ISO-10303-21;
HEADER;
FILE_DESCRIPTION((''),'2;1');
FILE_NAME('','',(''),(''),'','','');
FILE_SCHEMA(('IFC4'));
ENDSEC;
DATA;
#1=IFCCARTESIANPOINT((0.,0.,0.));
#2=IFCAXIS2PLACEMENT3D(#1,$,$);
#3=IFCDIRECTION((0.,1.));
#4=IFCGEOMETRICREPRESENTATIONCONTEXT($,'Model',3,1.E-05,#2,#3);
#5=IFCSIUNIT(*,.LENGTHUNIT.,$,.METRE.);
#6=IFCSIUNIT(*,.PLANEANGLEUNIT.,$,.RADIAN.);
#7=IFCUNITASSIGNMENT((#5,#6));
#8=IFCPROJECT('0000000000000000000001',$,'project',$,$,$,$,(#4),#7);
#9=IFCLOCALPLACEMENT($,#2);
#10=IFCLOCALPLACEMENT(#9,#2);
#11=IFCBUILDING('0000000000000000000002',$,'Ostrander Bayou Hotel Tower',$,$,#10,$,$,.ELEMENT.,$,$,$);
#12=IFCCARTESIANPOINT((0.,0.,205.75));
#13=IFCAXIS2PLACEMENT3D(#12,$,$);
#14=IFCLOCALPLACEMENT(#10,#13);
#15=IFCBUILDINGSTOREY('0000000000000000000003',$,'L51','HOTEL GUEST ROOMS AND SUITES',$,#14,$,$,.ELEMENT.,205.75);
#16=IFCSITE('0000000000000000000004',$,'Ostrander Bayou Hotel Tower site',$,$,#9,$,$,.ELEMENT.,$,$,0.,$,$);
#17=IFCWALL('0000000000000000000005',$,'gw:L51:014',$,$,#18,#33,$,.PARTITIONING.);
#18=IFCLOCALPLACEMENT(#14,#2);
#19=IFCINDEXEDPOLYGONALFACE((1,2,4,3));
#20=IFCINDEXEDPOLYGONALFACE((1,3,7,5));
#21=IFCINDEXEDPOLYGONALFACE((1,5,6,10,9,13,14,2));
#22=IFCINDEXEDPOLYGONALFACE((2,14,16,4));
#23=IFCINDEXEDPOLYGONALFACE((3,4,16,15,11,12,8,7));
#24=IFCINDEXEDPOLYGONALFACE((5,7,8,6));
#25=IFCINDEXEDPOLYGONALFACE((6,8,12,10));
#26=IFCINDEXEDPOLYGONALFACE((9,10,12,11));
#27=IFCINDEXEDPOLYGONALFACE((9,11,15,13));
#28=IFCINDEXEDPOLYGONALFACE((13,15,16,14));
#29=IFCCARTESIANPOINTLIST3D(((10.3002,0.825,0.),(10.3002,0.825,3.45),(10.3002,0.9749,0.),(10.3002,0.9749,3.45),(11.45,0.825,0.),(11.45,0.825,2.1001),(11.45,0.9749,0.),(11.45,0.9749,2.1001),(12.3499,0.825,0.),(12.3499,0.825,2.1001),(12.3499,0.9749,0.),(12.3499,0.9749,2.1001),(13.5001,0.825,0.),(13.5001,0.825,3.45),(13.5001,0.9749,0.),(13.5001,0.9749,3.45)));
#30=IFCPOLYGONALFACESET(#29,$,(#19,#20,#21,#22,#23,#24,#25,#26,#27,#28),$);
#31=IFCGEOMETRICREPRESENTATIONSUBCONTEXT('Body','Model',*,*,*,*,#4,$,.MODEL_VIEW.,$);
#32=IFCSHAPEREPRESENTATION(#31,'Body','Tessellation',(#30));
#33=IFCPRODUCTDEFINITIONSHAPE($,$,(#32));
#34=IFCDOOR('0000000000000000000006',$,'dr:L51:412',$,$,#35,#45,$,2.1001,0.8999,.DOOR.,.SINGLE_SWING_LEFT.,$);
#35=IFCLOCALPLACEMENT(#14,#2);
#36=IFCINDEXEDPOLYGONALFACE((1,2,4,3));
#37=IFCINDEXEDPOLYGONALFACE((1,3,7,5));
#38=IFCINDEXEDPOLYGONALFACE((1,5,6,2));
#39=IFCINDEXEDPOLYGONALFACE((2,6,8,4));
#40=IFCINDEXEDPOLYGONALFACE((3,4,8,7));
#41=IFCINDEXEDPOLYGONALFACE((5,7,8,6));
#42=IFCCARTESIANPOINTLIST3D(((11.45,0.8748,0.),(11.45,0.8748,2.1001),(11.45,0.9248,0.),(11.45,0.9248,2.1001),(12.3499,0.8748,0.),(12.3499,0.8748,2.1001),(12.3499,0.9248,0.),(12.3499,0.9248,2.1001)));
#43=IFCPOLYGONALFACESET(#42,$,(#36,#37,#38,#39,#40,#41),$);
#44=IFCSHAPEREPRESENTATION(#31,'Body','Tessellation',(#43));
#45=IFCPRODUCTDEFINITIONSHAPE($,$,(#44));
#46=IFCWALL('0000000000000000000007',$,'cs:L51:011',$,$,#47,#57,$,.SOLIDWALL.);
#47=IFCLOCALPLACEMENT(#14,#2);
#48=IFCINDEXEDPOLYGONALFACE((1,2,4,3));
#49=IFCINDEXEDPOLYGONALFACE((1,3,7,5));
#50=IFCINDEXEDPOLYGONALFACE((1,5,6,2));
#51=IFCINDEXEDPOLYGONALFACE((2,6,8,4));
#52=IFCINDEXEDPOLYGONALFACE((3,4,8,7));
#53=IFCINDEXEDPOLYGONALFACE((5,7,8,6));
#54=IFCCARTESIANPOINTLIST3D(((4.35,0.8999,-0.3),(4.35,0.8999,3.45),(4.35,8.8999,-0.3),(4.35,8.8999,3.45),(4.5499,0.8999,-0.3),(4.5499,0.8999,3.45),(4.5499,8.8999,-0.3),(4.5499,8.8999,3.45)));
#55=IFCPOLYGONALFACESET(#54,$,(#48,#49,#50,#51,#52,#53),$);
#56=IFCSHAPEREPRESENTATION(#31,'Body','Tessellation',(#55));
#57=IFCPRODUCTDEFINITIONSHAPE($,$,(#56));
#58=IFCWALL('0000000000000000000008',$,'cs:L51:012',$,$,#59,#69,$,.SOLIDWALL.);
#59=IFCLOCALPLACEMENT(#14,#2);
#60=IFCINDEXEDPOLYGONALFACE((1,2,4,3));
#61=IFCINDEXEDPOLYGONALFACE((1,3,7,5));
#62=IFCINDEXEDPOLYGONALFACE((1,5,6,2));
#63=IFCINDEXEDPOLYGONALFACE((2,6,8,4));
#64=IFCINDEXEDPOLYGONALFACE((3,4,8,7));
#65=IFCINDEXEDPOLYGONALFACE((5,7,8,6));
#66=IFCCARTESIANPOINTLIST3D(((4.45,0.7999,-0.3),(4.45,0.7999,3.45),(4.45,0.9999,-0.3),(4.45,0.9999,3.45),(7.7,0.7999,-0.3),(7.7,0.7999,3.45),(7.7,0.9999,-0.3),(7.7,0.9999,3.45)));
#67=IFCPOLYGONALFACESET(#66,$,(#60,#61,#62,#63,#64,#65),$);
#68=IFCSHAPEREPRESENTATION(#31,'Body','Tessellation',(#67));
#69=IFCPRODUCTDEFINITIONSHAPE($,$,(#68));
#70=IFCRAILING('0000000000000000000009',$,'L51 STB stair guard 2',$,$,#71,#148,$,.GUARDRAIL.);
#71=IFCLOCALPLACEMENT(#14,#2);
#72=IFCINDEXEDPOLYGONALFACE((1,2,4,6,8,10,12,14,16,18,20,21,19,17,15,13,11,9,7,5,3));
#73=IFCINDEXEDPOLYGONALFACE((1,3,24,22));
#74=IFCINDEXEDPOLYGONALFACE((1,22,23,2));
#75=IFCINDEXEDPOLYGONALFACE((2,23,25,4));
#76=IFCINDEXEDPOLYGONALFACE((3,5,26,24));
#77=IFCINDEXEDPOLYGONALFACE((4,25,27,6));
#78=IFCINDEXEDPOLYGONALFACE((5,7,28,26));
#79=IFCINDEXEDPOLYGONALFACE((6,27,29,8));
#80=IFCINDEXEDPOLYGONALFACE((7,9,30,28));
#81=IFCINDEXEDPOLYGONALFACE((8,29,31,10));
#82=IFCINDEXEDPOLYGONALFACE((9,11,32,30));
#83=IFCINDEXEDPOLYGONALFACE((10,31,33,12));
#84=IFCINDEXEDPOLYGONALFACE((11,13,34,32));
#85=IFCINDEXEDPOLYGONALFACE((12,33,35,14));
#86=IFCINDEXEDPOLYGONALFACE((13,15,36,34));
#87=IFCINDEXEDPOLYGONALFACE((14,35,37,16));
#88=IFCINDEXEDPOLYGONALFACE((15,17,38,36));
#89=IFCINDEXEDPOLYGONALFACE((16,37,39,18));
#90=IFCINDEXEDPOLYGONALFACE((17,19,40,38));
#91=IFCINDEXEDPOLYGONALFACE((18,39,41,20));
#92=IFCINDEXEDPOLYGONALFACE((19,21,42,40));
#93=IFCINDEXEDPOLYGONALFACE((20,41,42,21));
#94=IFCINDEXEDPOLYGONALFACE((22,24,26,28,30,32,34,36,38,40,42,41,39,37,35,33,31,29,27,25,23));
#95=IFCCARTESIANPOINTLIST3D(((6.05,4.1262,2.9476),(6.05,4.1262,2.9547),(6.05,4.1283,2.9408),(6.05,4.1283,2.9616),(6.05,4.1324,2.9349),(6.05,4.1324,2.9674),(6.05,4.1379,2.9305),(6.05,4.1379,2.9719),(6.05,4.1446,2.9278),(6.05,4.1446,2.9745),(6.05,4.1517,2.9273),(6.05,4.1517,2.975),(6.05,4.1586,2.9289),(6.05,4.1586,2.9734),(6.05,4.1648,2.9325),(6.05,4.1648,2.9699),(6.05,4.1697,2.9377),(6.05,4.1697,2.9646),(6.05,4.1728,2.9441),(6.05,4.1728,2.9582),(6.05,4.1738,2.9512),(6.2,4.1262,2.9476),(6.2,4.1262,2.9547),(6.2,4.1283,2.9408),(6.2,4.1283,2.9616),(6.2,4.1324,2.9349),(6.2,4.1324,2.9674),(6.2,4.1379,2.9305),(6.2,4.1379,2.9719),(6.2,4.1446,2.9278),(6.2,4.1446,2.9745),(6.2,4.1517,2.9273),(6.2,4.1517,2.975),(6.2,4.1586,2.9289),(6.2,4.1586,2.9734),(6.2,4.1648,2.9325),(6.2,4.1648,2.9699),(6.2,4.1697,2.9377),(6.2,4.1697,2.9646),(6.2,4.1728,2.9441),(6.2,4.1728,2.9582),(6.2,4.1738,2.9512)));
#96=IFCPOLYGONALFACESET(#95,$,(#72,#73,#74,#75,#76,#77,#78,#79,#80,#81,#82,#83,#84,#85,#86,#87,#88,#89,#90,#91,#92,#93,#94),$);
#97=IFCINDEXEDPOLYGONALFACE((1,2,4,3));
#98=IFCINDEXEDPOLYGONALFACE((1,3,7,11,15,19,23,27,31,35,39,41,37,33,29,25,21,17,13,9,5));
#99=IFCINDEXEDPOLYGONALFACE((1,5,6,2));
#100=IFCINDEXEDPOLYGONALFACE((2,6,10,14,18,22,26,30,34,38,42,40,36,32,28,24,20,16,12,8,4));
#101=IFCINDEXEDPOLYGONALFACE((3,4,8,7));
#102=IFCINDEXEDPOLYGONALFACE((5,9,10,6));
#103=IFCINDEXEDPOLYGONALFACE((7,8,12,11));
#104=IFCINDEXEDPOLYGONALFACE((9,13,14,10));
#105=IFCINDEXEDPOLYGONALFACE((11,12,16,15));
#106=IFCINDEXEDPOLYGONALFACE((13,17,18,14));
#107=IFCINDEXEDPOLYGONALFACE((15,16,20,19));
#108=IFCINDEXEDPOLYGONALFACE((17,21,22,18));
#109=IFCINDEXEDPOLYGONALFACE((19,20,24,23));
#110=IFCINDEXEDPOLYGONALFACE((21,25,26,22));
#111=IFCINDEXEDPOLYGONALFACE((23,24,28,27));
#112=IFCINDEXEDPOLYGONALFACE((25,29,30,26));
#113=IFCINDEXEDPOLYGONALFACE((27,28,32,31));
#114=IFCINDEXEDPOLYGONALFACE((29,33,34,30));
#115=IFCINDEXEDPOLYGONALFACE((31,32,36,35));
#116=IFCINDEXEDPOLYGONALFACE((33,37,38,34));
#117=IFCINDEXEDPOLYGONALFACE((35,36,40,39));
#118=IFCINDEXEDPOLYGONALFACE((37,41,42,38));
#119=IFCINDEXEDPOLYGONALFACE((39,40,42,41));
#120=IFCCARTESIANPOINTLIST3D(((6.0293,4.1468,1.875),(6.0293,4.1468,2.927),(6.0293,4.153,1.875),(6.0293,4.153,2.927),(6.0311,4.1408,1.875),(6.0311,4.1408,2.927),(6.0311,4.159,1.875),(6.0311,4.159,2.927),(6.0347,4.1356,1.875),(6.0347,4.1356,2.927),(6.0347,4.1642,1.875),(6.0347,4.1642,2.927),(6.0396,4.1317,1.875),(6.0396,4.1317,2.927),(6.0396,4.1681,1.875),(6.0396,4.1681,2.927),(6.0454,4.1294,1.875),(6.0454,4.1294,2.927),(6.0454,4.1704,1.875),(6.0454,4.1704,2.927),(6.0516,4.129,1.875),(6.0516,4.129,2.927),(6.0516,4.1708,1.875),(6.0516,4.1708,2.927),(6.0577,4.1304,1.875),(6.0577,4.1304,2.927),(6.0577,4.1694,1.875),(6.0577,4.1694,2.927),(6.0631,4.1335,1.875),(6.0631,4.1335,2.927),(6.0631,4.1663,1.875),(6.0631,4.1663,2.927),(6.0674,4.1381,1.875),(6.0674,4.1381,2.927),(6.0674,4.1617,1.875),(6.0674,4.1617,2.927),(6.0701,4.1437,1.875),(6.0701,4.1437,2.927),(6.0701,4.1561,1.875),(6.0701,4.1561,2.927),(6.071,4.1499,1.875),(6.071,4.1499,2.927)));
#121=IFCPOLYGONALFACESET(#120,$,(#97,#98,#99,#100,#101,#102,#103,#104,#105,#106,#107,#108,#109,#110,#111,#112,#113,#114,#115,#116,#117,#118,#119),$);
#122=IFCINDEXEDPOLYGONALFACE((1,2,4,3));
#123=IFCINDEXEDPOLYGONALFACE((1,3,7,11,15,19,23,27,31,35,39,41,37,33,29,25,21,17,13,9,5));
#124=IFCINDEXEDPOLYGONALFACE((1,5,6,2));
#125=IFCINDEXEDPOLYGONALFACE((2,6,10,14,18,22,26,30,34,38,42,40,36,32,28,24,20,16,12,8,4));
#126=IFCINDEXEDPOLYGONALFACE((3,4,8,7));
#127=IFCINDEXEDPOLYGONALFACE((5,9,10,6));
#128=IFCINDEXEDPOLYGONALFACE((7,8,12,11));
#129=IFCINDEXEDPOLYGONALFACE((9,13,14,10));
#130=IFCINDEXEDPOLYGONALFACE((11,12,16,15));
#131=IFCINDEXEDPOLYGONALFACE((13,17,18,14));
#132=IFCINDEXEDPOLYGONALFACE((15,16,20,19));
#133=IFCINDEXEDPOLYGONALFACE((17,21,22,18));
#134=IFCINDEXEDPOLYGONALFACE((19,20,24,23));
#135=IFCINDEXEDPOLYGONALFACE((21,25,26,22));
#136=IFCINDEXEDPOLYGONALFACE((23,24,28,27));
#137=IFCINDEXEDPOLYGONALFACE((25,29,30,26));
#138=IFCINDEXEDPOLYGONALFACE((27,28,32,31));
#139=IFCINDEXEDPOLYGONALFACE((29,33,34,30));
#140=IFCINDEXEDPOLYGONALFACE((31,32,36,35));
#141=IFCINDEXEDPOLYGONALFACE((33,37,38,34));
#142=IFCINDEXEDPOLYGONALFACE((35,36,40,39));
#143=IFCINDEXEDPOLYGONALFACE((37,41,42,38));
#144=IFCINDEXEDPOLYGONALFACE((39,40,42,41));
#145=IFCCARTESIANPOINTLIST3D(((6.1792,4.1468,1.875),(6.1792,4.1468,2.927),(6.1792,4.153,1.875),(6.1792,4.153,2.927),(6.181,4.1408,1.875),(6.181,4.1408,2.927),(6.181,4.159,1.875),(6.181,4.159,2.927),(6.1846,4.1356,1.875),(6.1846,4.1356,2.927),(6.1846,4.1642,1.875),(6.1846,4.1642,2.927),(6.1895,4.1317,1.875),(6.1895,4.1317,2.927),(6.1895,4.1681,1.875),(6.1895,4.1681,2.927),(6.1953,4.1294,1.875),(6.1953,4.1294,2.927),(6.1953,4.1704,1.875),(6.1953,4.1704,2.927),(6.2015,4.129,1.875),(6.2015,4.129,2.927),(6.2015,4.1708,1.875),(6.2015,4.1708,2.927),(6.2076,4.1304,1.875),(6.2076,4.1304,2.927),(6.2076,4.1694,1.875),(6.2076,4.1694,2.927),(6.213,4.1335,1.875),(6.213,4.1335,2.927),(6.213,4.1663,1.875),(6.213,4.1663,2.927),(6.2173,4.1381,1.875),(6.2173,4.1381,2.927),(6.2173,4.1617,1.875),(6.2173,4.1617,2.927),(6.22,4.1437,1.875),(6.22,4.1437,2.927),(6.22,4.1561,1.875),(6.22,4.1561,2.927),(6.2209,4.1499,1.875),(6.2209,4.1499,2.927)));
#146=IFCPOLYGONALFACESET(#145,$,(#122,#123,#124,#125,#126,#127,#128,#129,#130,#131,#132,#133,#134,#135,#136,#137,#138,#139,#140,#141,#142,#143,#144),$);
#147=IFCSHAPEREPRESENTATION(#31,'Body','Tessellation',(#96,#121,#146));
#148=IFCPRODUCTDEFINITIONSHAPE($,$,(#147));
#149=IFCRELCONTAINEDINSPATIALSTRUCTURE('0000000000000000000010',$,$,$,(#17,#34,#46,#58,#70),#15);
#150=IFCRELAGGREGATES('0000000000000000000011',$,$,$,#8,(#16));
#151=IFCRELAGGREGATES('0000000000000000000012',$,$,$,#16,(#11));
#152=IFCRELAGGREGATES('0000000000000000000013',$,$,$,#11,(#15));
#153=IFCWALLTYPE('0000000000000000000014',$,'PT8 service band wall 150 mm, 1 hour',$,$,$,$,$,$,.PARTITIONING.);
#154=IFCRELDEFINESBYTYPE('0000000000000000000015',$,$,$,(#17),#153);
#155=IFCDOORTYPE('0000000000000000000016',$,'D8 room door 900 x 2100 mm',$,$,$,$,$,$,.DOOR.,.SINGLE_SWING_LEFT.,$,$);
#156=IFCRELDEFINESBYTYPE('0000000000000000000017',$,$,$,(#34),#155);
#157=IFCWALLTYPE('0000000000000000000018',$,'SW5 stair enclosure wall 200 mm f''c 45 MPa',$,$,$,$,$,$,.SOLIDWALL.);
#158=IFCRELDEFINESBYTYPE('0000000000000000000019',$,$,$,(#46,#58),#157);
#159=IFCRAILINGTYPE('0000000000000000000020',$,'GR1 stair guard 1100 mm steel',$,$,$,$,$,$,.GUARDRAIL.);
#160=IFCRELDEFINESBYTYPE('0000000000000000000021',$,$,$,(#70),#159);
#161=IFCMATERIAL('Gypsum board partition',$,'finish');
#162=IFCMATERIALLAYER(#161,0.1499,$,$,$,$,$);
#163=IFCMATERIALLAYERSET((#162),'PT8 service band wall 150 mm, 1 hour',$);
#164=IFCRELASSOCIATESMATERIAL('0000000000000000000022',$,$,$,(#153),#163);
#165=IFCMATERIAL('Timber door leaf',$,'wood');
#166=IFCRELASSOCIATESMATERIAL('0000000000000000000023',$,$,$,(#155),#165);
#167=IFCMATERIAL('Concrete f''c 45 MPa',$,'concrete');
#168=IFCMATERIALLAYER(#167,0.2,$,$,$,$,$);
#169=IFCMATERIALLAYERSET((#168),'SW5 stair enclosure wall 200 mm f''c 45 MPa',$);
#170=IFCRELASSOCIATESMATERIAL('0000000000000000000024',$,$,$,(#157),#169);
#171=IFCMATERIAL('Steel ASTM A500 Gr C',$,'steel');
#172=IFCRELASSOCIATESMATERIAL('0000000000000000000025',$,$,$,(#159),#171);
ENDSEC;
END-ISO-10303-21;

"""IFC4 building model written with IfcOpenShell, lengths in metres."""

from ifc_helpers import new_model, si_unit, direction, frame, frame_2d, origin, origin_2d, place, context, subcontext, project, spatial, rectangle, circle, extrude, material, layer, layer_set, type_object, element, fill, save


model = new_model("IFC4")

# Units and contexts
model_context = context("Model", 3, precision=1e-05, world=origin(), true_north=direction((0.0, 1.0)))
body_context = subcontext(model_context, "Body", "Model", "MODEL_VIEW")
ifc_project = project(units=[si_unit("LENGTHUNIT", "METRE"), si_unit("PLANEANGLEUNIT", "RADIAN")], contexts=[model_context])

# Site, building, storey
site_placement = place(None, origin())
site = spatial("IfcSite", under=ifc_project, at=site_placement, Name="Ostrander Bayou Hotel Tower site", CompositionType="ELEMENT", RefElevation=0.0)
building_placement = place(site_placement, origin())
building = spatial("IfcBuilding", under=site, at=building_placement, Name="Ostrander Bayou Hotel Tower", CompositionType="ELEMENT")
storey_placement = place(building_placement, frame((0.0, 0.0, 205.75)))
storey = spatial("IfcBuildingStorey", under=building, at=storey_placement, Name="L51", Description="HOTEL GUEST ROOMS AND SUITES", CompositionType="ELEMENT", Elevation=205.75)

# Wall, opening, door
ifc_material_1 = material(Name="Gypsum board partition", Category="finish")
ifc_layer_1 = layer(ifc_material_1, 0.1499)
ifc_layer_set_1 = layer_set([ifc_layer_1], Name="PT8 service band wall 150 mm, 1 hour")
wall_type_1 = type_object("IfcWallType", Name="PT8 service band wall 150 mm, 1 hour", PredefinedType="PARTITIONING", material=ifc_layer_set_1)
wall_1_placement = place(storey_placement, frame((10.3, 0.8999, 0.0), z_axis=(0.0, 0.0, 1.0), x_axis=(1.0, 0.0, 0.0)))
wall_1 = element("IfcWall", 1, at=wall_1_placement, inside=storey, type_object=wall_type_1, Name="gw:L51:014", PredefinedType="PARTITIONING", context=body_context, shape_type="SweptSolid", body=[
    extrude(rectangle(XDim=3.2, YDim=0.1499, at=frame_2d((1.6001, 0.0))), origin(), (0.0, 0.0, 1.0), 3.45),
])
opening_1_placement = place(wall_1_placement, frame((1.1499, 0.0, 0.0)))
opening_1 = element("IfcOpeningElement", 2, at=opening_1_placement, cuts=wall_1, PredefinedType="OPENING", context=body_context, shape_type="SweptSolid", body=[
    extrude(rectangle(XDim=0.8999, YDim=2.1001, at=frame_2d((0.45, 1.05))), frame((0.0, 0.075, 0.0), z_axis=(0.0, -1.0, 0.0), x_axis=(1.0, 0.0, 0.0)), (0.0, 0.0, 1.0), 0.1499),
])
ifc_material_2 = material(Name="Timber door leaf", Category="wood")
door_type_1 = type_object("IfcDoorType", Name="D8 room door 900 x 2100 mm", OperationType="SINGLE_SWING_LEFT", PredefinedType="DOOR", material=ifc_material_2)
door_1_placement = place(opening_1_placement, origin())
door_1 = element("IfcDoor", 3, at=door_1_placement, inside=storey, type_object=door_type_1, Name="dr:L51:412", OperationType="SINGLE_SWING_LEFT", OverallHeight=2.1001, OverallWidth=0.8999, PredefinedType="DOOR", context=body_context, shape_type="SweptSolid", body=[
    extrude(rectangle(XDim=0.8999, YDim=2.1001, at=frame_2d((0.45, 1.05))), frame((0.0, 0.0249, 0.0), z_axis=(0.0, -1.0, 0.0), x_axis=(1.0, 0.0, 0.0)), (0.0, 0.0, 1.0), 0.05),
])
fill(opening_1, door_1)

# Walls
ifc_material_3 = material(Name="Concrete f'c 45 MPa", Category="concrete")
ifc_layer_2 = layer(ifc_material_3, 0.2)
ifc_layer_set_2 = layer_set([ifc_layer_2], Name="SW5 stair enclosure wall 200 mm f'c 45 MPa")
wall_type_2 = type_object("IfcWallType", Name="SW5 stair enclosure wall 200 mm f'c 45 MPa", PredefinedType="SOLIDWALL", material=ifc_layer_set_2)
wall_2_placement = place(storey_placement, frame((4.45, 0.8999, -0.3), z_axis=(0.0, 0.0, 1.0), x_axis=(0.0, 1.0, 0.0)))
element("IfcWall", 4, at=wall_2_placement, inside=storey, type_object=wall_type_2, Name="cs:L51:011", PredefinedType="SOLIDWALL", context=body_context, shape_type="SweptSolid", body=[
    extrude(rectangle(XDim=8.0, YDim=0.2, at=frame_2d((4.0, 0.0))), origin(), (0.0, 0.0, 1.0), 3.75),
])
wall_3_placement = place(storey_placement, frame((4.45, 0.8999, -0.3), z_axis=(0.0, 0.0, 1.0), x_axis=(1.0, 0.0, 0.0)))
element("IfcWall", 5, at=wall_3_placement, inside=storey, type_object=wall_type_2, Name="cs:L51:012", PredefinedType="SOLIDWALL", context=body_context, shape_type="SweptSolid", body=[
    extrude(rectangle(XDim=3.25, YDim=0.2, at=frame_2d((1.625, 0.0))), origin(), (0.0, 0.0, 1.0), 3.75),
])

# Railing
ifc_material_4 = material(Name="Steel ASTM A500 Gr C", Category="steel")
railing_type = type_object("IfcRailingType", Name="GR1 stair guard 1100 mm steel", PredefinedType="GUARDRAIL", material=ifc_material_4)
railing_placement = place(storey_placement, frame((6.05, 4.1499, 1.875)))
element("IfcRailing", 6, at=railing_placement, inside=storey, type_object=railing_type, Name="L51 STB stair guard 2", PredefinedType="GUARDRAIL", context=body_context, shape_type="SweptSolid", body=[
    extrude(circle(Radius=0.0239, at=origin_2d()), frame((0.0, 0.0, 1.0762), z_axis=(1.0, 0.0, 0.0), x_axis=(0.0, 1.0, 0.0)), (0.0, 0.0, 1.0), 0.1499),
    extrude(circle(Radius=0.021, at=origin_2d()), origin(), (0.0, 0.0, 1.0), 1.052),
    extrude(circle(Radius=0.021, at=origin_2d()), frame((0.1499, 0.0, 0.0)), (0.0, 0.0, 1.0), 1.052),
])

save(model, "model.ifc")
